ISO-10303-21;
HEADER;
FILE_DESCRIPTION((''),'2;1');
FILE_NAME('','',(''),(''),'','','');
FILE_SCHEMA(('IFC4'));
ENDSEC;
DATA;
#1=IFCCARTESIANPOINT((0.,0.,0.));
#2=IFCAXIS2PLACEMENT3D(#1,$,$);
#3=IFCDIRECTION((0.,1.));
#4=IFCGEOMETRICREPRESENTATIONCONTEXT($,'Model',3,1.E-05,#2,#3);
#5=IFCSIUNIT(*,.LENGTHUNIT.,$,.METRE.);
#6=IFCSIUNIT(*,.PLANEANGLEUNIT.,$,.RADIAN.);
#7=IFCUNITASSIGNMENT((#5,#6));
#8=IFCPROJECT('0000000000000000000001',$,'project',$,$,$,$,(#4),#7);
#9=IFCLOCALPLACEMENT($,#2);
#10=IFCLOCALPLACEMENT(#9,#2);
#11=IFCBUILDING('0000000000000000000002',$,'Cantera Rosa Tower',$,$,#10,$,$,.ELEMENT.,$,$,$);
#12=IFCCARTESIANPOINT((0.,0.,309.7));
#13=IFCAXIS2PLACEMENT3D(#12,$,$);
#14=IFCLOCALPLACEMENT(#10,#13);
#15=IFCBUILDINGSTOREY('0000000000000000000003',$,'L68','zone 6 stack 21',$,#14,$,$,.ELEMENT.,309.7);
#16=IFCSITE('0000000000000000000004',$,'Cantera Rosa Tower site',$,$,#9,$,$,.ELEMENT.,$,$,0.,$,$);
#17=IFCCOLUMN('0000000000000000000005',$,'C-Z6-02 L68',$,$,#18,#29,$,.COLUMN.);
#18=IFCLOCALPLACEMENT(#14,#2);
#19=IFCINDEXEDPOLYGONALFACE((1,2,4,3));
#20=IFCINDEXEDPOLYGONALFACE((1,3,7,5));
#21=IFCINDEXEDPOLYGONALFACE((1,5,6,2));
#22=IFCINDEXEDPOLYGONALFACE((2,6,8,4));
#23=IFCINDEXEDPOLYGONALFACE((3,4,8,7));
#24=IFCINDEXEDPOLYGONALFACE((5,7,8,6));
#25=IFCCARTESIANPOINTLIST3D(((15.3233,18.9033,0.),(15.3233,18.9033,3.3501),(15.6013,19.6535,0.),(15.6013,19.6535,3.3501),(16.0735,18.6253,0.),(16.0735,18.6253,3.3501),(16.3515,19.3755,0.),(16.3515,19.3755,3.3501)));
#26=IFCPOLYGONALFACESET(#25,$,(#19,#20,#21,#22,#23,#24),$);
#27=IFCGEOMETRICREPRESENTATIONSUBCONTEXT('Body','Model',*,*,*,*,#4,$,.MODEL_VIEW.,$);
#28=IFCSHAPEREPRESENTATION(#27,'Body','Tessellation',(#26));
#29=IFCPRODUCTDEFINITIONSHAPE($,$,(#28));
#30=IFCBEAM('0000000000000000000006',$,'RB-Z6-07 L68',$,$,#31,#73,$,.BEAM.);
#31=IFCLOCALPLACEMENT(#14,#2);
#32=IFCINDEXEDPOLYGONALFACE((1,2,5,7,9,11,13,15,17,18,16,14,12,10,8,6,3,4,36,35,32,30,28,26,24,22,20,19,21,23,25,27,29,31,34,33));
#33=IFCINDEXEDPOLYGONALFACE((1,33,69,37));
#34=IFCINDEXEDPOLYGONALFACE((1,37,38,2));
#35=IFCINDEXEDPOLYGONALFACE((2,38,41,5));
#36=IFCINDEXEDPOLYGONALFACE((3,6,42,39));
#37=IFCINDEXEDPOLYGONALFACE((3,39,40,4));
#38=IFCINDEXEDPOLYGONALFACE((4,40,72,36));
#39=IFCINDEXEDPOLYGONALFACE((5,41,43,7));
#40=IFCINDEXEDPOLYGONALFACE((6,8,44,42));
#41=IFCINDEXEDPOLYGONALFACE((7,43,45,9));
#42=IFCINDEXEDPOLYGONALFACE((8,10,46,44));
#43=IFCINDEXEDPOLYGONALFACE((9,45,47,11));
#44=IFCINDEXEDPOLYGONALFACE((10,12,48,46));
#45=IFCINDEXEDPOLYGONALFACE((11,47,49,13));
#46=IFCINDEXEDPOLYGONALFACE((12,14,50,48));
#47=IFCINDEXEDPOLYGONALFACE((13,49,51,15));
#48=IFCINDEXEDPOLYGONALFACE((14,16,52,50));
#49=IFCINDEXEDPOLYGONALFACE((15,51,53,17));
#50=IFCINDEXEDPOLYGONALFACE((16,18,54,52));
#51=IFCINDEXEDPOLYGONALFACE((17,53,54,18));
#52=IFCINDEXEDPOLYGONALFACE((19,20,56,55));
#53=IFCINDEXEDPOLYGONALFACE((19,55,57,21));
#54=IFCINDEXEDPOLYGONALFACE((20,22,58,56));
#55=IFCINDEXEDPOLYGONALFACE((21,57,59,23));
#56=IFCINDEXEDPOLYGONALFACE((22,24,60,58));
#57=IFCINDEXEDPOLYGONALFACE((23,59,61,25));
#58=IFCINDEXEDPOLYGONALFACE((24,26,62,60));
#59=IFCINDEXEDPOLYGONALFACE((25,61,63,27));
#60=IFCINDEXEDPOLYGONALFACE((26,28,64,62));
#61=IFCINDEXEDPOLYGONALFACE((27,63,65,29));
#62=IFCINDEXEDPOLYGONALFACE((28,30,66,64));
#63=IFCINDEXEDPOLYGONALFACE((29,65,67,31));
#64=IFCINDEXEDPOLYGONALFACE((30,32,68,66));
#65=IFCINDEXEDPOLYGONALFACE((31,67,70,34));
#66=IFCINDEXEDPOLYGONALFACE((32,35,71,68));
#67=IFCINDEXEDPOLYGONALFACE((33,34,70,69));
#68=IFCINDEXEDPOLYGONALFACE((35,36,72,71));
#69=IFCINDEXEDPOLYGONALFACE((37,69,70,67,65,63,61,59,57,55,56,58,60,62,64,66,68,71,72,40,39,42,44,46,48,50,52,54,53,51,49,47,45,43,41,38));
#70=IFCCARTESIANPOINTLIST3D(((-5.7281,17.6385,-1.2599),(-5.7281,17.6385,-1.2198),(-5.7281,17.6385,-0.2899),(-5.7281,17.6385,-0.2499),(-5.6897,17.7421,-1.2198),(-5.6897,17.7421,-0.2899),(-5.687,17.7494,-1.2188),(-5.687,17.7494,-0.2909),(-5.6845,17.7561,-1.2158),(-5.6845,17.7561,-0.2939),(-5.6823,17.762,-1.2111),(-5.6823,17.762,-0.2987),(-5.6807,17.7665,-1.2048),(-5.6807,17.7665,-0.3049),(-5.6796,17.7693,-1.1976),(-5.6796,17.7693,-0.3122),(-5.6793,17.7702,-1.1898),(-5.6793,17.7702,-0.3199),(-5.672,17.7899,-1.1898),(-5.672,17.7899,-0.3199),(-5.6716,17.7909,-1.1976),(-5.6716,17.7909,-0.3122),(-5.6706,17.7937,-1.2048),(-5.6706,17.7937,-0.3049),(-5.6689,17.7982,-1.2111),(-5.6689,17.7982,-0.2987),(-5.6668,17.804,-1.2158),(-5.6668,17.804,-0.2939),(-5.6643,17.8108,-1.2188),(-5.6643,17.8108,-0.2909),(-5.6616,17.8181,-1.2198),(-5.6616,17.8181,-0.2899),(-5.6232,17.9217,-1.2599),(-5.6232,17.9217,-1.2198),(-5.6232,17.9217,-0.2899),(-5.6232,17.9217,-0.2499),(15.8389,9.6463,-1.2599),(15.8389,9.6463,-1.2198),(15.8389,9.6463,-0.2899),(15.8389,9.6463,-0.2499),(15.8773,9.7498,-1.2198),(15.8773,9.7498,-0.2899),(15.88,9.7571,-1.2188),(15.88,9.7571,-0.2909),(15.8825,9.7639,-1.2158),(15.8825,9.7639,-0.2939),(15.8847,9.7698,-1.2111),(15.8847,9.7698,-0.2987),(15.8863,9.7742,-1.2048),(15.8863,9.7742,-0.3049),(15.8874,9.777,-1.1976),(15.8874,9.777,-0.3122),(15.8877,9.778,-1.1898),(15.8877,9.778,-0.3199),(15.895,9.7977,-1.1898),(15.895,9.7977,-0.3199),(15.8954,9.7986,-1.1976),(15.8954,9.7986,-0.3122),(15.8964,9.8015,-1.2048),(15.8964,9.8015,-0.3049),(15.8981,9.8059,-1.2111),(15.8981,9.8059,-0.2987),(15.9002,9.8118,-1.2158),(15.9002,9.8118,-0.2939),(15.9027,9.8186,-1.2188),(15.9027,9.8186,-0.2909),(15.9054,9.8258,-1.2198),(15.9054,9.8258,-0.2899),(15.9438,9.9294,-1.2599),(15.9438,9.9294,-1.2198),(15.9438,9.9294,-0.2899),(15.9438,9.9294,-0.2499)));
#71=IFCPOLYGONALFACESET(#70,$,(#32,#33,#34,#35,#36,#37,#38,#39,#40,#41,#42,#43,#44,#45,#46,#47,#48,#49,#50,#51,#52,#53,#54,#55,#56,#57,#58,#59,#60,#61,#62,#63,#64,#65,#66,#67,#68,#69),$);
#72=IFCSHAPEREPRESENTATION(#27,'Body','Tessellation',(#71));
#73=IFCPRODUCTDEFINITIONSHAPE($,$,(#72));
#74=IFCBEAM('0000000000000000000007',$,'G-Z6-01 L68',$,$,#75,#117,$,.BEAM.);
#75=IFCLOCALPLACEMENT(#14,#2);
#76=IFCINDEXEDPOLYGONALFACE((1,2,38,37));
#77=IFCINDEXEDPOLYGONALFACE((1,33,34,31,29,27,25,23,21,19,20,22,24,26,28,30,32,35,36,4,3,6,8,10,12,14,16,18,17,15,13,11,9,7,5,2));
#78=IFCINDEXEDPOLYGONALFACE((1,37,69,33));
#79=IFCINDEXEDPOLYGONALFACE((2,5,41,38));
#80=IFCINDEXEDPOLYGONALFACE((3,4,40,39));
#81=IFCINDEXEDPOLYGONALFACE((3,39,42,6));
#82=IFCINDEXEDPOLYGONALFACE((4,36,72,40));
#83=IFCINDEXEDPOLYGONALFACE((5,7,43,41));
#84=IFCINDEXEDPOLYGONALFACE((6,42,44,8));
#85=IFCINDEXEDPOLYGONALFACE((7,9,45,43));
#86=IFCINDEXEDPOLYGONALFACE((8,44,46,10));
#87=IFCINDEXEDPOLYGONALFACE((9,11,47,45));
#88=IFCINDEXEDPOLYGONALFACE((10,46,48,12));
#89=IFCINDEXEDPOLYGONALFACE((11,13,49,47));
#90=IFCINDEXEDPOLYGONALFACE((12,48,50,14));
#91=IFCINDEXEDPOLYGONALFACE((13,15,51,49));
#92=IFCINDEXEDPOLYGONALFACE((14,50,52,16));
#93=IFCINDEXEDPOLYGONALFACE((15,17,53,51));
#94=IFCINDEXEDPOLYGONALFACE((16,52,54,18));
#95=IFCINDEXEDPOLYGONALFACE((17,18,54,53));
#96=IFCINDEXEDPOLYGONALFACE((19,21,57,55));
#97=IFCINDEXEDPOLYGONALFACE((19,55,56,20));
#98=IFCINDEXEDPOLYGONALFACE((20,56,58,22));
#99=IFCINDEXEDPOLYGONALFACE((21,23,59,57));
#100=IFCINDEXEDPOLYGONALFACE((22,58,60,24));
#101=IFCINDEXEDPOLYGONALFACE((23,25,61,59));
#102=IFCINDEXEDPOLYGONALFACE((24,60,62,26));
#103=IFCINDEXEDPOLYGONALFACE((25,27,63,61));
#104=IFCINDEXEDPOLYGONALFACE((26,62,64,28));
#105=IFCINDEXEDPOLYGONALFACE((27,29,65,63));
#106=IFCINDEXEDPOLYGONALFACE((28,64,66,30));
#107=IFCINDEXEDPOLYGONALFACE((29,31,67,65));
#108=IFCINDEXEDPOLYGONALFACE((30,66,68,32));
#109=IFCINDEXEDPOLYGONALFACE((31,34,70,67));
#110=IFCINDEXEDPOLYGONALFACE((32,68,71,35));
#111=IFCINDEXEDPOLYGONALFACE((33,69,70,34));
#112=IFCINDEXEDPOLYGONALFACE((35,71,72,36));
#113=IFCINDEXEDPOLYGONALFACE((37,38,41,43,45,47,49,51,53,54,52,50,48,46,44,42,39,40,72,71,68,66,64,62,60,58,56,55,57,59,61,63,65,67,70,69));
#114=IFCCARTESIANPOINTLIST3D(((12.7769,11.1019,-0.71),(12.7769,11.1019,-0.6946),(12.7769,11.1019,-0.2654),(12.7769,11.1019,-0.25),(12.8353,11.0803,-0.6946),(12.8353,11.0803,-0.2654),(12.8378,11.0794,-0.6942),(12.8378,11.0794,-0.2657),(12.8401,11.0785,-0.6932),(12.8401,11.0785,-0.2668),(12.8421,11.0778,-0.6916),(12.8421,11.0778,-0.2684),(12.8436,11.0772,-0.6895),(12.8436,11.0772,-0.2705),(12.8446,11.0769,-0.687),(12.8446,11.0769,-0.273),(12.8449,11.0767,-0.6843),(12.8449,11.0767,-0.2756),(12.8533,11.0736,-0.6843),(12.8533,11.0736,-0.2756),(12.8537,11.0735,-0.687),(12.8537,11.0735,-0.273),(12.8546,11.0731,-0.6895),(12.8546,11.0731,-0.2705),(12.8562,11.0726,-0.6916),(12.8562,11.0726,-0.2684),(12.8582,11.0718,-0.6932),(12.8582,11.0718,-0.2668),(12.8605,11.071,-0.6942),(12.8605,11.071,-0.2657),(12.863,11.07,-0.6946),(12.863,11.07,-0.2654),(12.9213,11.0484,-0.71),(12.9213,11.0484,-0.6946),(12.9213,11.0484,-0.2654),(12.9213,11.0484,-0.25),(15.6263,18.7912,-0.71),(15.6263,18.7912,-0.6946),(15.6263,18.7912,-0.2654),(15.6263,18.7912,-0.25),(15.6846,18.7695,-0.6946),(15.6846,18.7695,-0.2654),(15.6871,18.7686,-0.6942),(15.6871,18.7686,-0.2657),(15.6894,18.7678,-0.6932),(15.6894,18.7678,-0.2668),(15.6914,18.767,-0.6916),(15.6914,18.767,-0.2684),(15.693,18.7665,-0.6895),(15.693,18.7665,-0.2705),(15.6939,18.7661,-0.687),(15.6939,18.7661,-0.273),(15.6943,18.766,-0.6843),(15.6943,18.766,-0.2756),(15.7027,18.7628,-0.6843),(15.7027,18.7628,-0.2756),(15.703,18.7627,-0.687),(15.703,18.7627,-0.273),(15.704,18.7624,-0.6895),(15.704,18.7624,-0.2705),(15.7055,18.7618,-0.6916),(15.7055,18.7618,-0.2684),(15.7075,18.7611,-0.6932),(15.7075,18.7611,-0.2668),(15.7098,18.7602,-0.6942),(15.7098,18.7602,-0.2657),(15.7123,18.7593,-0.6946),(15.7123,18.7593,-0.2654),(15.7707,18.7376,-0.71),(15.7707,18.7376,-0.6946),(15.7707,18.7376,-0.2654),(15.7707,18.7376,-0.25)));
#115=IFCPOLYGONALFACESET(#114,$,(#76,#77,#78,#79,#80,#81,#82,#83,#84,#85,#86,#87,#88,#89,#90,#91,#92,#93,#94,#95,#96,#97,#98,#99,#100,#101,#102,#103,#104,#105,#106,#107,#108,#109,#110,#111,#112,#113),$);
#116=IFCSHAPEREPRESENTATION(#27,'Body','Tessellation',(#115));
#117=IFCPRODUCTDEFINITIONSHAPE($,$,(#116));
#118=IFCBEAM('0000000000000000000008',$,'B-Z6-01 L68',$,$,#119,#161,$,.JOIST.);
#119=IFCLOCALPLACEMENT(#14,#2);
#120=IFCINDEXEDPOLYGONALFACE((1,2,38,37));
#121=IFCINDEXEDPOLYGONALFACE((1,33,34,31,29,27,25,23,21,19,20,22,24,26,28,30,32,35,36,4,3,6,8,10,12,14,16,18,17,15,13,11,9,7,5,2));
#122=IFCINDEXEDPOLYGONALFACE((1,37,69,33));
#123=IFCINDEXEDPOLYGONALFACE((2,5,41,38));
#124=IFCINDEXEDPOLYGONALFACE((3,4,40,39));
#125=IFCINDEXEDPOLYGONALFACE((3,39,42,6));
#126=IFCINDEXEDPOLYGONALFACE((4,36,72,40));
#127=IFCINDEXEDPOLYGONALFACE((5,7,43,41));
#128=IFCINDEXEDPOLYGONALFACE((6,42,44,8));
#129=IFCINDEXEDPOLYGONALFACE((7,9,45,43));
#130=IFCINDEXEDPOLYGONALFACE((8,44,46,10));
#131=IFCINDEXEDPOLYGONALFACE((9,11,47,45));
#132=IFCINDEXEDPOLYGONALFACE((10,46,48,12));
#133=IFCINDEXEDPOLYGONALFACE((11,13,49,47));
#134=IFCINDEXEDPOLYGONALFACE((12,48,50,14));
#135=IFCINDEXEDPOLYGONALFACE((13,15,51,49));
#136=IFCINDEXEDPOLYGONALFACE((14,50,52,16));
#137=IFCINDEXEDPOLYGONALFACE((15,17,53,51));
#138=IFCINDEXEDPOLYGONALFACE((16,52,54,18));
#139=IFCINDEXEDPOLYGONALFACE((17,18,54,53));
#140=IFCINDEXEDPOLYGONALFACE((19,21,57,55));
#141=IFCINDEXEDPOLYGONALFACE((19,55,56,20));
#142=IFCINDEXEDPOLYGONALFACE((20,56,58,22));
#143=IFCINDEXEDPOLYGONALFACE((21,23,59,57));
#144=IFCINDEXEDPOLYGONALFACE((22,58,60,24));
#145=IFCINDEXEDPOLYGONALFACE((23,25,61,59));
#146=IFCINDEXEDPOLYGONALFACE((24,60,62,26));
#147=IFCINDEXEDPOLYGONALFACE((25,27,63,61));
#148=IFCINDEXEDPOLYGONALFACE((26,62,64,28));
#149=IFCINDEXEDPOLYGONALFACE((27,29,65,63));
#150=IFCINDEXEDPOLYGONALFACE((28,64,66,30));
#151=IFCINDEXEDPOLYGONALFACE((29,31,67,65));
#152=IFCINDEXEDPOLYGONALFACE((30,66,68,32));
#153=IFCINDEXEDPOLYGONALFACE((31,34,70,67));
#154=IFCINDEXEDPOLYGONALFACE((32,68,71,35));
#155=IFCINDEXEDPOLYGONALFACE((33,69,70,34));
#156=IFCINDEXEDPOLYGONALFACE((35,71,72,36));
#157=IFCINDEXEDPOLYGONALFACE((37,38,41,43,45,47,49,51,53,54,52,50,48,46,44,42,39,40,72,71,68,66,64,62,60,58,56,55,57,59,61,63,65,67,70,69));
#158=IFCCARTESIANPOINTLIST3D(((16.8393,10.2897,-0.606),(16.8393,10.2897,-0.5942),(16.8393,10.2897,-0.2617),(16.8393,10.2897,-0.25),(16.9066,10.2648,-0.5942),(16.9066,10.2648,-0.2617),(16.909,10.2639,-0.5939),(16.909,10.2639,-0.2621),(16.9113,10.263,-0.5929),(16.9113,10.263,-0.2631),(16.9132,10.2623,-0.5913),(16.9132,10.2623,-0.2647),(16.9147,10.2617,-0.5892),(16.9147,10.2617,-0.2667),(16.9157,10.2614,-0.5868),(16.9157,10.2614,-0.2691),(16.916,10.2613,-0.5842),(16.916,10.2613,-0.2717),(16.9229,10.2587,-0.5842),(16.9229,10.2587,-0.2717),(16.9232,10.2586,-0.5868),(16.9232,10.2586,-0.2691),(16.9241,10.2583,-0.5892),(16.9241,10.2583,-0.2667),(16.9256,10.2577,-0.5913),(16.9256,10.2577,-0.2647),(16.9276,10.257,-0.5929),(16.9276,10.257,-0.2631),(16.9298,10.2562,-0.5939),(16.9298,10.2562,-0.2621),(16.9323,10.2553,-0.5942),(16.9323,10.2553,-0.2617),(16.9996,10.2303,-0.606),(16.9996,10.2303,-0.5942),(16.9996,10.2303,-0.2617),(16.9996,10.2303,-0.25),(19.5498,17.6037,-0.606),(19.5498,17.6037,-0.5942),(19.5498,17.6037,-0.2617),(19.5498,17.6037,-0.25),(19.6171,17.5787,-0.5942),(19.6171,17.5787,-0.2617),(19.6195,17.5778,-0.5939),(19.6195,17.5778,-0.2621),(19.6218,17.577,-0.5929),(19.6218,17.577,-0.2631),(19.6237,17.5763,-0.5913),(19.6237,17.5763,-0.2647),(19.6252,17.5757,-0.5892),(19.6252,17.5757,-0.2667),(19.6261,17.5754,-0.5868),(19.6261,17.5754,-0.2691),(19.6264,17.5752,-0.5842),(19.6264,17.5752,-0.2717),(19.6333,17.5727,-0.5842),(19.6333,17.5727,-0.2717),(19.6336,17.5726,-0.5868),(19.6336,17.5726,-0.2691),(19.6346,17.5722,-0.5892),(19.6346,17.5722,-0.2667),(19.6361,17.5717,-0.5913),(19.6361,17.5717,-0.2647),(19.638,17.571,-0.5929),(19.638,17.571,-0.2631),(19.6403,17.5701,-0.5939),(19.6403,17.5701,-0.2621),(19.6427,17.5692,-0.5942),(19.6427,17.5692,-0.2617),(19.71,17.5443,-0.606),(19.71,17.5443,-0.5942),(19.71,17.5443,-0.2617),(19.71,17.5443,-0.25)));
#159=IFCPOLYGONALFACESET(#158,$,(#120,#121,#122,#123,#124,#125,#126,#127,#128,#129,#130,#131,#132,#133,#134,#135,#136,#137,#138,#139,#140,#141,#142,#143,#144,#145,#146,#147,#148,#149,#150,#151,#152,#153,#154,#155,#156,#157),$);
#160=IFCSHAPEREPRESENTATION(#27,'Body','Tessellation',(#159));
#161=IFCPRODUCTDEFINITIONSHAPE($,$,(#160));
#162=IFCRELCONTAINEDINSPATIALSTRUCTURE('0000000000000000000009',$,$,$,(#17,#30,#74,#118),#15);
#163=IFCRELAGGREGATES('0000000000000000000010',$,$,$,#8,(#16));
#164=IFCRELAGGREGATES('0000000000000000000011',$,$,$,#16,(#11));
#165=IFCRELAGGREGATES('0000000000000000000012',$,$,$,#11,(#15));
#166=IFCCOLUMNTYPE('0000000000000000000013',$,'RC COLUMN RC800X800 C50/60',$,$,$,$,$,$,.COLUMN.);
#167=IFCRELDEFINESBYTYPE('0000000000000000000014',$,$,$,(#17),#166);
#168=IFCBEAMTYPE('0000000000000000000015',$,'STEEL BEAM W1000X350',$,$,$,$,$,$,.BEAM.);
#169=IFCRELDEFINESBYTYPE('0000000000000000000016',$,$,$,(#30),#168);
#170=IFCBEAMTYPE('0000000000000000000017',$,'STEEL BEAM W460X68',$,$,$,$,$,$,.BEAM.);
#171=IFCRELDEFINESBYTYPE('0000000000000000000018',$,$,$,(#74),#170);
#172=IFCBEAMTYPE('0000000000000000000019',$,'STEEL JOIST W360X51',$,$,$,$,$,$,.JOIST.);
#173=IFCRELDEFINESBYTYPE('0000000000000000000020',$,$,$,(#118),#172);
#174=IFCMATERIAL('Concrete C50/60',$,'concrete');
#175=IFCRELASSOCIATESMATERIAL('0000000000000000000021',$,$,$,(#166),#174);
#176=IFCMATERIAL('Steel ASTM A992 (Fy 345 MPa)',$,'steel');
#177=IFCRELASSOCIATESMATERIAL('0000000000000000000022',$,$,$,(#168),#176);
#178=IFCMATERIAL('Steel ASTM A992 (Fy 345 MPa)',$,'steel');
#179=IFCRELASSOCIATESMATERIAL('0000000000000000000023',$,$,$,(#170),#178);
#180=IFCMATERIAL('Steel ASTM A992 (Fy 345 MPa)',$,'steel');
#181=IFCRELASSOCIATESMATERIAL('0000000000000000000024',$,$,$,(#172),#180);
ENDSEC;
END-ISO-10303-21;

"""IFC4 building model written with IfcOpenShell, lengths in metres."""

from ifc_helpers import new_model, si_unit, direction, frame, origin, origin_2d, place, context, subcontext, project, spatial, rectangle, i_section, extrude, material, material_profile, profile_set, type_object, element, save


model = new_model("IFC4")

# Units and contexts
model_context = context("Model", 3, precision=1e-05, world=origin(), true_north=direction((0.0, 1.0)))
body_context = subcontext(model_context, "Body", "Model", "MODEL_VIEW")
ifc_project = project(units=[si_unit("LENGTHUNIT", "METRE"), si_unit("PLANEANGLEUNIT", "RADIAN")], contexts=[model_context])

# Site, building, storey
site_placement = place(None, origin())
site = spatial("IfcSite", under=ifc_project, at=site_placement, Name="Cantera Rosa Tower site", CompositionType="ELEMENT", RefElevation=0.0)
building_placement = place(site_placement, origin())
building = spatial("IfcBuilding", under=site, at=building_placement, Name="Cantera Rosa Tower", CompositionType="ELEMENT")
storey_placement = place(building_placement, frame((0.0, 0.0, 309.7)))
storey = spatial("IfcBuildingStorey", under=building, at=storey_placement, Name="L68", Description="zone 6 stack 21", CompositionType="ELEMENT", Elevation=309.7)

# Column
ifc_material_1 = material(Name="Concrete C50/60", Category="concrete")
ifc_material_profile_1 = material_profile(ifc_material_1, rectangle(XDim=0.8, YDim=0.8, at=origin_2d()), Name="RC COLUMN RC800X800 C50/60")
ifc_profile_set_1 = profile_set([ifc_material_profile_1], Name="Concrete C50/60")
column_type = type_object("IfcColumnType", Name="RC COLUMN RC800X800 C50/60", PredefinedType="COLUMN", material=ifc_profile_set_1)
column_placement = place(storey_placement, frame((15.8374, 19.1394, 0.0), z_axis=(0.0, 0.0, 1.0), x_axis=(0.347481, 0.937687, 0.0)))
element("IfcColumn", 1, at=column_placement, inside=storey, type_object=column_type, Name="C-Z6-02 L68", PredefinedType="COLUMN", context=body_context, shape_type="SweptSolid", body=[
    extrude(rectangle(XDim=0.8, YDim=0.8, at=origin_2d()), origin(), (0.0, 0.0, 1.0), 3.3501),
])

# Beams
ifc_material_2 = material(Name="Steel ASTM A992 (Fy 345 MPa)", Category="steel")
ifc_material_profile_2 = material_profile(ifc_material_2, i_section(OverallWidth=0.302, OverallDepth=1.01, WebThickness=0.021, FlangeThickness=0.04, FilletRadius=0.03, at=origin_2d()), Name="W1000X350")
ifc_profile_set_2 = profile_set([ifc_material_profile_2], Name="Steel ASTM A992 (Fy 345 MPa)")
beam_type_1 = type_object("IfcBeamType", Name="STEEL BEAM W1000X350", PredefinedType="BEAM", material=ifc_profile_set_2)
beam_1_placement = place(storey_placement, frame((15.8914, 9.7878, -0.7549), z_axis=(-0.937686, 0.347484, 0.0), x_axis=(-0.347484, -0.937686, 0.0)))
element("IfcBeam", 2, at=beam_1_placement, inside=storey, type_object=beam_type_1, Name="RB-Z6-07 L68", PredefinedType="BEAM", context=body_context, shape_type="SweptSolid", body=[
    extrude(i_section(OverallWidth=0.302, OverallDepth=1.01, WebThickness=0.021, FlangeThickness=0.04, FilletRadius=0.03, at=origin_2d()), origin(), (0.0, 0.0, 1.0), 23.0002),
])
ifc_material_3 = material(Name="Steel ASTM A992 (Fy 345 MPa)", Category="steel")
ifc_material_profile_3 = material_profile(ifc_material_3, i_section(OverallWidth=0.1541, OverallDepth=0.46, WebThickness=0.009, FlangeThickness=0.0154, FilletRadius=0.0103, at=origin_2d()), Name="W460X68")
ifc_profile_set_3 = profile_set([ifc_material_profile_3], Name="Steel ASTM A992 (Fy 345 MPa)")
beam_type_2 = type_object("IfcBeamType", Name="STEEL BEAM W460X68", PredefinedType="BEAM", material=ifc_profile_set_3)
beam_2_placement = place(storey_placement, frame((15.6985, 18.7644, -0.48), z_axis=(-0.347476, -0.937689, 0.0), x_axis=(0.937689, -0.347476, 0.0)))
element("IfcBeam", 3, at=beam_2_placement, inside=storey, type_object=beam_type_2, Name="G-Z6-01 L68", PredefinedType="BEAM", context=body_context, shape_type="SweptSolid", body=[
    extrude(i_section(OverallWidth=0.1541, OverallDepth=0.46, WebThickness=0.009, FlangeThickness=0.0154, FilletRadius=0.0103, at=origin_2d()), origin(), (0.0, 0.0, 1.0), 8.2002),
])
ifc_material_4 = material(Name="Steel ASTM A992 (Fy 345 MPa)", Category="steel")
ifc_material_profile_4 = material_profile(ifc_material_4, i_section(OverallWidth=0.1709, OverallDepth=0.356, WebThickness=0.0073, FlangeThickness=0.0117, FilletRadius=0.01, at=origin_2d()), Name="W360X51")
ifc_profile_set_4 = profile_set([ifc_material_profile_4], Name="Steel ASTM A992 (Fy 345 MPa)")
beam_type_3 = type_object("IfcBeamType", Name="STEEL JOIST W360X51", PredefinedType="JOIST", material=ifc_profile_set_4)
beam_3_placement = place(storey_placement, frame((19.6299, 17.574, -0.428), z_axis=(-0.347492, -0.937683, 0.0), x_axis=(0.937683, -0.347492, 0.0)))
element("IfcBeam", 4, at=beam_3_placement, inside=storey, type_object=beam_type_3, Name="B-Z6-01 L68", PredefinedType="JOIST", context=body_context, shape_type="SweptSolid", body=[
    extrude(i_section(OverallWidth=0.1709, OverallDepth=0.356, WebThickness=0.0073, FlangeThickness=0.0117, FilletRadius=0.01, at=origin_2d()), origin(), (0.0, 0.0, 1.0), 7.8),
])

save(model, "model.ifc")
